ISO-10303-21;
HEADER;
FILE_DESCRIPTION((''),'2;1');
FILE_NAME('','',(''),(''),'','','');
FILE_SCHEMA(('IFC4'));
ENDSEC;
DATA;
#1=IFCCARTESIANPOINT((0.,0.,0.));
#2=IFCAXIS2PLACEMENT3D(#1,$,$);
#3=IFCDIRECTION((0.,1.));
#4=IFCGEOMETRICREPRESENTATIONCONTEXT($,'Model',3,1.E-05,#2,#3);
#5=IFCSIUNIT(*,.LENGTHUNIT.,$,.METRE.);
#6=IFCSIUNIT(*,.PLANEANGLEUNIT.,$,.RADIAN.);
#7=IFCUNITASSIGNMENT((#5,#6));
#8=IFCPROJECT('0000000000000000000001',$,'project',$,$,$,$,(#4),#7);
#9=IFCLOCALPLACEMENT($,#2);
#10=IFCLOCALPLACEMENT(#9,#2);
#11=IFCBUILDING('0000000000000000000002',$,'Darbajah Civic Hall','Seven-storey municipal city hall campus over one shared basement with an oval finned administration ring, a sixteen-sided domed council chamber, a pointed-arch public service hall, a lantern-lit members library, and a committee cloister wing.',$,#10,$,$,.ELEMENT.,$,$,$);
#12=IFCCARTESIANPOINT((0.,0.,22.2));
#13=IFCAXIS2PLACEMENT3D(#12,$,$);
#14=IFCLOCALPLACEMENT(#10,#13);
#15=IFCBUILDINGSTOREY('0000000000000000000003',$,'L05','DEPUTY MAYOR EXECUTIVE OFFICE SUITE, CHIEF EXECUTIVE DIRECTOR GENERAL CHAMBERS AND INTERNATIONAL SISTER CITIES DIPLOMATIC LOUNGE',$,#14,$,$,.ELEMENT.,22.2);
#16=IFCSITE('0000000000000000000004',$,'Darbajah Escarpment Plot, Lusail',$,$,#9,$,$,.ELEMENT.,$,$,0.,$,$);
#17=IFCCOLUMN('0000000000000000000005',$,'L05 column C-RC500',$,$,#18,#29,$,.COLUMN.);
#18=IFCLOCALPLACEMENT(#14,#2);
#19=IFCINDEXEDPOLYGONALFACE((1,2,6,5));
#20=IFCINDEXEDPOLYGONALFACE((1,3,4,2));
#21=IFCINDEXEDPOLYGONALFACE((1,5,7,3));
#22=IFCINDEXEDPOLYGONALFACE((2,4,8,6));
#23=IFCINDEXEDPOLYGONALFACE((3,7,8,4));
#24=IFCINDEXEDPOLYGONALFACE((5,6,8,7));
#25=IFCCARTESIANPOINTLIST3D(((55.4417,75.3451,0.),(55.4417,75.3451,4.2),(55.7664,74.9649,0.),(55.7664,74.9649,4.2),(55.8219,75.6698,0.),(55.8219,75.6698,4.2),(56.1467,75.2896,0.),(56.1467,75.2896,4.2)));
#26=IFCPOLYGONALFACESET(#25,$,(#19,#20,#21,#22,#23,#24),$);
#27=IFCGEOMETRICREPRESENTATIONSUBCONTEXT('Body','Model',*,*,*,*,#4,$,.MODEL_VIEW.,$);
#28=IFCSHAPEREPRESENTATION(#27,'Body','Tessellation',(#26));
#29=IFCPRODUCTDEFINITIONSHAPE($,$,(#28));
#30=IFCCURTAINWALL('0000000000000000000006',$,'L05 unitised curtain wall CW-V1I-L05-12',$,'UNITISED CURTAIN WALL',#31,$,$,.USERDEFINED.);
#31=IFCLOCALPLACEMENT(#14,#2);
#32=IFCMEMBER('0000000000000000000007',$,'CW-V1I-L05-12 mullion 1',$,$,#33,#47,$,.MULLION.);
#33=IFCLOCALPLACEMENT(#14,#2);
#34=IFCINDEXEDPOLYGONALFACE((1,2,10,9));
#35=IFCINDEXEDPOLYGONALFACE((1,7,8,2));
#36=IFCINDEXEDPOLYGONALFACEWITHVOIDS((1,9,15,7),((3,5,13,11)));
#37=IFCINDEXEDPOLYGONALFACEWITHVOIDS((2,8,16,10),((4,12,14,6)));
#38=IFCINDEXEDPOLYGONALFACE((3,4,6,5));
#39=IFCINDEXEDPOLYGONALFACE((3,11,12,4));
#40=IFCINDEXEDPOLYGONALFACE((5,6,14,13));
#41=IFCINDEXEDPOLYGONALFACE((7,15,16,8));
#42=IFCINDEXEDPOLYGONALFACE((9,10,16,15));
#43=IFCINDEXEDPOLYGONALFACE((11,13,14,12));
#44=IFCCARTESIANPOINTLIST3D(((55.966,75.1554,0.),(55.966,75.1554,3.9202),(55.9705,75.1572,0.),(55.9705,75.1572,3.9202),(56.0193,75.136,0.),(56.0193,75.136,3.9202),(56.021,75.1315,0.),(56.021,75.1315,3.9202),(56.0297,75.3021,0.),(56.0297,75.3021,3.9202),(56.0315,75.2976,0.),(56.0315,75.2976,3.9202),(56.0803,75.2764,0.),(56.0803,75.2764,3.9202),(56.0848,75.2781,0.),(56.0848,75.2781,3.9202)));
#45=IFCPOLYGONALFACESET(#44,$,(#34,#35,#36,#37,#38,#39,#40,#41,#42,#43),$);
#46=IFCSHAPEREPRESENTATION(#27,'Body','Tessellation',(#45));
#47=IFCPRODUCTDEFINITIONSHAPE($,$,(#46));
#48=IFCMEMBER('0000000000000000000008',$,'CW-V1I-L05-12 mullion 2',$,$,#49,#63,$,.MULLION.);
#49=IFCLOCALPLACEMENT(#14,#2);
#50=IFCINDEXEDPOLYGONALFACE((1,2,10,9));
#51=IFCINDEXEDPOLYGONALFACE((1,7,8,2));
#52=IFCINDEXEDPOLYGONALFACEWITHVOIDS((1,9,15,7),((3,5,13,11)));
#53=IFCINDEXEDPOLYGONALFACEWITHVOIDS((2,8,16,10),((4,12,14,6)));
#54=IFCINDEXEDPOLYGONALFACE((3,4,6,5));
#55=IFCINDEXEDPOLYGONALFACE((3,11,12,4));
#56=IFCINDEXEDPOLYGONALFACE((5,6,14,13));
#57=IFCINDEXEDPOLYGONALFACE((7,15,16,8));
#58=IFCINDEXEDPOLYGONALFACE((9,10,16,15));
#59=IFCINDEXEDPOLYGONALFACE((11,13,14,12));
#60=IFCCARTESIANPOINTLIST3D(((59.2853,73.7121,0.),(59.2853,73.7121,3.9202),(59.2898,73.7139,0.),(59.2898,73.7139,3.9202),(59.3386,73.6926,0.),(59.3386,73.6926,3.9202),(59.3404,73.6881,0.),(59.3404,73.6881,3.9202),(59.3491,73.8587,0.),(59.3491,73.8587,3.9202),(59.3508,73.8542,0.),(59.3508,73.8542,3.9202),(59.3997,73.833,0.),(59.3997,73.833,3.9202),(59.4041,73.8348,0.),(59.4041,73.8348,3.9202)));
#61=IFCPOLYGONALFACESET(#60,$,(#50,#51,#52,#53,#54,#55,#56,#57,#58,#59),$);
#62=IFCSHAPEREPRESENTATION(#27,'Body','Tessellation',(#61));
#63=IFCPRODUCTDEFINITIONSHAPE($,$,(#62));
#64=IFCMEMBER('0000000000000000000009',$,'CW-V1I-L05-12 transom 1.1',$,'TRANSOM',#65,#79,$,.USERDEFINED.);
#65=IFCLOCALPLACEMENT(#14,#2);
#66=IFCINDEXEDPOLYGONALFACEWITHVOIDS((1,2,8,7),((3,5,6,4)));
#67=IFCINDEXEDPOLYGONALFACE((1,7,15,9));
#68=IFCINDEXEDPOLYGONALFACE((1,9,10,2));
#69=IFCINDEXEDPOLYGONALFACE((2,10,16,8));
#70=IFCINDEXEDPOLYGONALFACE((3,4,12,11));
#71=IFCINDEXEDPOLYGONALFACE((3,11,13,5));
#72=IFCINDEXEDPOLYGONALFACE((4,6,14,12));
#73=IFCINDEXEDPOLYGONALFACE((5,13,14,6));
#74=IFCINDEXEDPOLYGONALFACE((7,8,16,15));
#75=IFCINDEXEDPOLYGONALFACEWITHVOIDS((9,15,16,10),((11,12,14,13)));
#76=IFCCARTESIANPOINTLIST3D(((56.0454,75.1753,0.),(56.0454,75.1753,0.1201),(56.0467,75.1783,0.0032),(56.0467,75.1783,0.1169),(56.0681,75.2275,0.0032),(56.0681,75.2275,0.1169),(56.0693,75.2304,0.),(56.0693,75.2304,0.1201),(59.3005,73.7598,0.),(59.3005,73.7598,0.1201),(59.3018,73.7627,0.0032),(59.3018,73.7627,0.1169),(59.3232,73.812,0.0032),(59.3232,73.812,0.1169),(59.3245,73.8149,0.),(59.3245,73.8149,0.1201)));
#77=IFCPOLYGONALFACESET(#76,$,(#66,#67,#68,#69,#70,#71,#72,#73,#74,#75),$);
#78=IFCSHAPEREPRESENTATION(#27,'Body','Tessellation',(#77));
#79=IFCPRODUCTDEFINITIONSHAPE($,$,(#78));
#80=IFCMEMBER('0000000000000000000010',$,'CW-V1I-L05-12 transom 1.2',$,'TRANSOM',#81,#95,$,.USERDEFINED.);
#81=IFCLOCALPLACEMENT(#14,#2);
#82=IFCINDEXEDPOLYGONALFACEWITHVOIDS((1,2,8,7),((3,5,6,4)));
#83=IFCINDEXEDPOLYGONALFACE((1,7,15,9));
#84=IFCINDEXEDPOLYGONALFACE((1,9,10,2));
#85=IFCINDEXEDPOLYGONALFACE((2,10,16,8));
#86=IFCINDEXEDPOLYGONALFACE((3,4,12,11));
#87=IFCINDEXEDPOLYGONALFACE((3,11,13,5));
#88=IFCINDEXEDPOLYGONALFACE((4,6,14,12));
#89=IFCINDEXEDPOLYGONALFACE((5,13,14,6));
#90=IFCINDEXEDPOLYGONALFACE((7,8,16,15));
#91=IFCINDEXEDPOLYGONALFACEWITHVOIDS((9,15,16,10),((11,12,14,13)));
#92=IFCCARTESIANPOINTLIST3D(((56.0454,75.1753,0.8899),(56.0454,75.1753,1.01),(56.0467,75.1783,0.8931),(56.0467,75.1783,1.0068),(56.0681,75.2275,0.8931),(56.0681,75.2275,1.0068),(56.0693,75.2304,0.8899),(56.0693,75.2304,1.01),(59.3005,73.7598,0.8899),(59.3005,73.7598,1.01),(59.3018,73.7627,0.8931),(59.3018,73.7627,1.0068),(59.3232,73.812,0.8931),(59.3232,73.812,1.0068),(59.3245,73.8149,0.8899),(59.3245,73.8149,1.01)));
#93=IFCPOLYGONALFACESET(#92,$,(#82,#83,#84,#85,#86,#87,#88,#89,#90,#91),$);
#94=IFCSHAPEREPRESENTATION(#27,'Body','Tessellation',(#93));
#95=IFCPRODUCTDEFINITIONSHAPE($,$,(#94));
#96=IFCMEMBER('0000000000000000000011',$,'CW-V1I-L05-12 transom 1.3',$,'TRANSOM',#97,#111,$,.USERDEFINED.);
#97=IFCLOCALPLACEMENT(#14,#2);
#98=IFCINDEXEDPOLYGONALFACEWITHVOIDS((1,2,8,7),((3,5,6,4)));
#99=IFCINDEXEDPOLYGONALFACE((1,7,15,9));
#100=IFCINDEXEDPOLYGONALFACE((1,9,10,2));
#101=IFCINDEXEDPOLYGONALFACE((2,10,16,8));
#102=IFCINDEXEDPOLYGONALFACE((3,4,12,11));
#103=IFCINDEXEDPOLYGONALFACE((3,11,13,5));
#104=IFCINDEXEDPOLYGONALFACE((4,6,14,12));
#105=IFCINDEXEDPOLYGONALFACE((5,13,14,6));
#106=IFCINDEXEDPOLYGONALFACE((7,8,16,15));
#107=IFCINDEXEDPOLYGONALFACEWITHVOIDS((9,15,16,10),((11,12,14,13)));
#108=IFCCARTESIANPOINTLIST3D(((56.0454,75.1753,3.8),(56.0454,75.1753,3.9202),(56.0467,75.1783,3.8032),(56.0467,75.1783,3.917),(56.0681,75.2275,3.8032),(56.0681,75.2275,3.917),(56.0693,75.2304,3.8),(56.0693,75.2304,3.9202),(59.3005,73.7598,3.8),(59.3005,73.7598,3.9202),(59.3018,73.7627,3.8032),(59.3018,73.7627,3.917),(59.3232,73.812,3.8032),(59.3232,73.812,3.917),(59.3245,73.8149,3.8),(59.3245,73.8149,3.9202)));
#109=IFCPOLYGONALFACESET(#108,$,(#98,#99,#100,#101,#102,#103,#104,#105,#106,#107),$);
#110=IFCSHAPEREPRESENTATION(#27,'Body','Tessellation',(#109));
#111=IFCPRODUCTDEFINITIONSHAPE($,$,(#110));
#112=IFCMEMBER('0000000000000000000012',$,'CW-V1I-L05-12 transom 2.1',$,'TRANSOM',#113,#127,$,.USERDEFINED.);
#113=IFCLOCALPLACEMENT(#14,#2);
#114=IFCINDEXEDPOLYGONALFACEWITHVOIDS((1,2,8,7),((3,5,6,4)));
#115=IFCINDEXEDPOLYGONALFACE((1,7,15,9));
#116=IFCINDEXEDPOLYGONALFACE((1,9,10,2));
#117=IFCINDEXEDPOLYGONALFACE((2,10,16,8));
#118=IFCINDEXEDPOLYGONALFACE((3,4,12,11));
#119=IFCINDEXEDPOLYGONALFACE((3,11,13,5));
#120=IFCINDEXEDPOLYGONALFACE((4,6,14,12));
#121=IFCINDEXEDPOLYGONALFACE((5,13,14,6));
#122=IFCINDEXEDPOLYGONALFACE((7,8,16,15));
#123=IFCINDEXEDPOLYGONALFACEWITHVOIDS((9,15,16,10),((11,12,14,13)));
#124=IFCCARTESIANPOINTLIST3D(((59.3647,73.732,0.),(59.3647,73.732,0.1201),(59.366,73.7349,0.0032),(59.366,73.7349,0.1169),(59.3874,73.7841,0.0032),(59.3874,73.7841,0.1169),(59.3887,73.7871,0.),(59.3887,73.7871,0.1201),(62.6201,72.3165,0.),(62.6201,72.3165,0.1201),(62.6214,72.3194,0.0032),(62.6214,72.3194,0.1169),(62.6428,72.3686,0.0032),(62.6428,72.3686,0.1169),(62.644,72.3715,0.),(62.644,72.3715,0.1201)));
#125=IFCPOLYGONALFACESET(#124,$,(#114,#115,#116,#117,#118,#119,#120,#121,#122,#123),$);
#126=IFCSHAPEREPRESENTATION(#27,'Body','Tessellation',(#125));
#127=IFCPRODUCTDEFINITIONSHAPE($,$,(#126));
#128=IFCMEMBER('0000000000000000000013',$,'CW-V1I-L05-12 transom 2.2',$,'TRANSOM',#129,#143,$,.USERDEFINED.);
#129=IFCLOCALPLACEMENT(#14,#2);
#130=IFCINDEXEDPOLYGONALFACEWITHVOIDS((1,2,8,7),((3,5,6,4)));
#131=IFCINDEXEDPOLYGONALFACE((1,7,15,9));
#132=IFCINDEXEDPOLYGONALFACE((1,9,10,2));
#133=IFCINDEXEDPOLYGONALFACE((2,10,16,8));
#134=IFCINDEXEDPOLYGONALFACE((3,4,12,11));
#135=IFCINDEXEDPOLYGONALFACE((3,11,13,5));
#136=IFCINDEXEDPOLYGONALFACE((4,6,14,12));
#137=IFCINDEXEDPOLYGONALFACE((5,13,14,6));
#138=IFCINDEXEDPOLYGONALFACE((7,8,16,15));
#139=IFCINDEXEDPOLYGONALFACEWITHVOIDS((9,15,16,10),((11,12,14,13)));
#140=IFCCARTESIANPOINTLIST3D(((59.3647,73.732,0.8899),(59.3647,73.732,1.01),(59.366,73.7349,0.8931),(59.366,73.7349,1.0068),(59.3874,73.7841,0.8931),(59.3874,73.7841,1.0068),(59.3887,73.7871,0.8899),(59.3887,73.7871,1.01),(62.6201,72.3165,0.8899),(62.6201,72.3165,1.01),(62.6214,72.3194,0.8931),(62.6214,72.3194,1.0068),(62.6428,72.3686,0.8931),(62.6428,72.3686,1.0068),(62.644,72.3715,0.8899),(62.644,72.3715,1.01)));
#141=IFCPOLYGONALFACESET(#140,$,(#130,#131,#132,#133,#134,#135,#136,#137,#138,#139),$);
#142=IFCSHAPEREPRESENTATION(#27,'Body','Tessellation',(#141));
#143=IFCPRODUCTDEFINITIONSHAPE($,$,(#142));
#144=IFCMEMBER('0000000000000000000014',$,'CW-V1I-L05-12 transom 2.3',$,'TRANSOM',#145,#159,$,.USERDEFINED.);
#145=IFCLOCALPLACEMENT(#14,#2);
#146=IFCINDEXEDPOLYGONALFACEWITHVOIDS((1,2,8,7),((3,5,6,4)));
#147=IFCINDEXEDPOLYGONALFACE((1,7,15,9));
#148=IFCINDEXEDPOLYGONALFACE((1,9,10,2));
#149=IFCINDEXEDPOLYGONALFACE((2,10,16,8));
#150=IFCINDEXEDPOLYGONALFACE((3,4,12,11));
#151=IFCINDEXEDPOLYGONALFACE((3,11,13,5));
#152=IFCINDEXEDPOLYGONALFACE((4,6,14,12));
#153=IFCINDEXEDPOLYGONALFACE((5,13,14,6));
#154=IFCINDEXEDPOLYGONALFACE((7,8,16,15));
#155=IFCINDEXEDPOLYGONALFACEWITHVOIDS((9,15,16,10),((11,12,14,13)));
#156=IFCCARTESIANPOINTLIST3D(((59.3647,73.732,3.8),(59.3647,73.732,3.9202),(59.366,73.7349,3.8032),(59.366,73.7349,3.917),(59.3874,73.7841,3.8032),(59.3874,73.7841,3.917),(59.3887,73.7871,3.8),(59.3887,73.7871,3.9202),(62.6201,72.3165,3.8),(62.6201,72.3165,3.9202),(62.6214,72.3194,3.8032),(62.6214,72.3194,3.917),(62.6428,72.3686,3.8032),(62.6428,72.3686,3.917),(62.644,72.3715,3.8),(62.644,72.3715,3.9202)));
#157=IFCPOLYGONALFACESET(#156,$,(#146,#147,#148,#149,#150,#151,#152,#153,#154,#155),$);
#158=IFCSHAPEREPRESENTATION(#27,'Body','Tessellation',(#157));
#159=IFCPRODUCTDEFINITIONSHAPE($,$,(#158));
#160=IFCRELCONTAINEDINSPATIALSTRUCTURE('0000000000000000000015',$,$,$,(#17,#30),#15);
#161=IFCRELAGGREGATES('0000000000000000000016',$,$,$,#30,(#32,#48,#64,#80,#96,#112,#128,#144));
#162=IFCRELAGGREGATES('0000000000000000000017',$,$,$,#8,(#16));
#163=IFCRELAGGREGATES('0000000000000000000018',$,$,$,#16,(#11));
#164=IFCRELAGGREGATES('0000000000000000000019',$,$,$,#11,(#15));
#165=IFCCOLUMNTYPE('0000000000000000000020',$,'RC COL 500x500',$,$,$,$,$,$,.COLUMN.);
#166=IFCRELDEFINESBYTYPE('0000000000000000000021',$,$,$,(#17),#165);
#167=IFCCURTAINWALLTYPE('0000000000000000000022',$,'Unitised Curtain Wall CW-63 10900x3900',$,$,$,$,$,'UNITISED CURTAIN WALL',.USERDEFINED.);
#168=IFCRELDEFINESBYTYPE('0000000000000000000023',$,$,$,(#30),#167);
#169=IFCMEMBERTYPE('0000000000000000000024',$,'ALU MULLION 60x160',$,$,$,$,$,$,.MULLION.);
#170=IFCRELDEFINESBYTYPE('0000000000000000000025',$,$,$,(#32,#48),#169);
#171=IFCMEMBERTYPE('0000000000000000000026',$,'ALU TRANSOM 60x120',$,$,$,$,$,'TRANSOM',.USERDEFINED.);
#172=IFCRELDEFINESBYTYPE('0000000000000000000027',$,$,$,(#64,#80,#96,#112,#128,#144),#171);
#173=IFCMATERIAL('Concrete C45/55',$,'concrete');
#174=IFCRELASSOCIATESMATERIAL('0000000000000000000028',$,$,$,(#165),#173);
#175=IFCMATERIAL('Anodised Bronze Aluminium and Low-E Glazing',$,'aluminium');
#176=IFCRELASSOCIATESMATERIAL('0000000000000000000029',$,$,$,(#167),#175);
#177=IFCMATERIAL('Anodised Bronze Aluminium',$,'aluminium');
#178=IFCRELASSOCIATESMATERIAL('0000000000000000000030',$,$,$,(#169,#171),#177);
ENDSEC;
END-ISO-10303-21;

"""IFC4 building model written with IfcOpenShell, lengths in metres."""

from ifc_helpers import new_model, si_unit, direction, frame, origin, origin_2d, place, context, subcontext, project, spatial, rectangle, hollow_rectangle, extrude, material, material_profile, profile_set, type_object, element, aggregate, save


model = new_model("IFC4")

# Units and contexts
model_context = context("Model", 3, precision=1e-05, world=origin(), true_north=direction((0.0, 1.0)))
body_context = subcontext(model_context, "Body", "Model", "MODEL_VIEW")
ifc_project = project(units=[si_unit("LENGTHUNIT", "METRE"), si_unit("PLANEANGLEUNIT", "RADIAN")], contexts=[model_context])

# Site, building, storey
site_placement = place(None, origin())
site = spatial("IfcSite", under=ifc_project, at=site_placement, Name="Darbajah Escarpment Plot, Lusail", CompositionType="ELEMENT", RefElevation=0.0)
building_placement = place(site_placement, origin())
building = spatial("IfcBuilding", under=site, at=building_placement, Name="Darbajah Civic Hall", Description="Seven-storey municipal city hall campus over one shared basement with an oval finned administration ring, a sixteen-sided domed council chamber, a pointed-arch public service hall, a lantern-lit members library, and a committee cloister wing.", CompositionType="ELEMENT")
storey_placement = place(building_placement, frame((0.0, 0.0, 22.2)))
storey = spatial("IfcBuildingStorey", under=building, at=storey_placement, Name="L05", Description="DEPUTY MAYOR EXECUTIVE OFFICE SUITE, CHIEF EXECUTIVE DIRECTOR GENERAL CHAMBERS AND INTERNATIONAL SISTER CITIES DIPLOMATIC LOUNGE", CompositionType="ELEMENT", Elevation=22.2)

# Column
ifc_material_1 = material(Name="Concrete C45/55", Category="concrete")
ifc_material_profile_1 = material_profile(ifc_material_1, rectangle(XDim=0.5, YDim=0.5, at=origin_2d()), Name="RC COL 500x500")
ifc_profile_set_1 = profile_set([ifc_material_profile_1], Name="Concrete C45/55")
column_type = type_object("IfcColumnType", Name="RC COL 500x500", PredefinedType="COLUMN", material=ifc_profile_set_1)
column_placement = place(storey_placement, frame((55.7942, 75.3174, 0.0), z_axis=(0.0, 0.0, 1.0), x_axis=(-0.760406, -0.649448, 0.0)))
element("IfcColumn", 1, at=column_placement, inside=storey, type_object=column_type, Name="L05 column C-RC500", PredefinedType="COLUMN", context=body_context, shape_type="SweptSolid", body=[
    extrude(rectangle(XDim=0.5, YDim=0.5, at=origin_2d()), origin(), (0.0, 0.0, 1.0), 4.2),
])

# Curtain wall, members
ifc_material_2 = material(Name="Anodised Bronze Aluminium and Low-E Glazing", Category="aluminium")
curtain_wall_type_1 = type_object("IfcCurtainWallType", Name="Unitised Curtain Wall CW-63 10900x3900", ElementType="UNITISED CURTAIN WALL", PredefinedType="USERDEFINED", material=ifc_material_2)
curtain_wall_1_placement = place(storey_placement, origin())
curtain_wall_1 = element("IfcCurtainWall", 2, at=curtain_wall_1_placement, inside=storey, type_object=curtain_wall_type_1, Name="L05 unitised curtain wall CW-V1I-L05-12", ObjectType="UNITISED CURTAIN WALL", PredefinedType="USERDEFINED")
ifc_material_3 = material(Name="Anodised Bronze Aluminium", Category="aluminium")
ifc_material_profile_2 = material_profile(ifc_material_3, hollow_rectangle(XDim=0.0601, YDim=0.1599, WallThickness=0.0034, at=origin_2d()), Name="ALU MULLION 60x160")
ifc_profile_set_2 = profile_set([ifc_material_profile_2], Name="Anodised Bronze Aluminium")
member_type_1 = type_object("IfcMemberType", Name="ALU MULLION 60x160", PredefinedType="MULLION", material=ifc_profile_set_2)
member_1_placement = place(storey_placement, frame((56.0254, 75.2168, 0.0), z_axis=(0.0, 0.0, 1.0), x_axis=(0.91706, -0.398749, 0.0)))
member_1 = element("IfcMember", 3, at=member_1_placement, type_object=member_type_1, Name="CW-V1I-L05-12 mullion 1", PredefinedType="MULLION", context=body_context, shape_type="SweptSolid", body=[
    extrude(hollow_rectangle(XDim=0.0601, YDim=0.1599, WallThickness=0.0034, at=origin_2d()), origin(), (0.0, 0.0, 1.0), 3.9202),
])
member_2_placement = place(storey_placement, frame((59.3447, 73.7734, 0.0), z_axis=(0.0, 0.0, 1.0), x_axis=(0.91706, -0.398749, 0.0)))
member_2 = element("IfcMember", 4, at=member_2_placement, type_object=member_type_1, Name="CW-V1I-L05-12 mullion 2", PredefinedType="MULLION", context=body_context, shape_type="SweptSolid", body=[
    extrude(hollow_rectangle(XDim=0.0601, YDim=0.1599, WallThickness=0.0034, at=origin_2d()), origin(), (0.0, 0.0, 1.0), 3.9202),
])
ifc_material_profile_3 = material_profile(ifc_material_3, hollow_rectangle(XDim=0.0601, YDim=0.1201, WallThickness=0.0032, at=origin_2d()), Name="ALU TRANSOM 60x120")
ifc_profile_set_3 = profile_set([ifc_material_profile_3], Name="Anodised Bronze Aluminium")
member_type_2 = type_object("IfcMemberType", Name="ALU TRANSOM 60x120", ElementType="TRANSOM", PredefinedType="USERDEFINED", material=ifc_profile_set_3)
member_3_placement = place(storey_placement, frame((56.0574, 75.2029, 0.0601), z_axis=(0.917044, -0.398786, 0.0), x_axis=(0.398786, 0.917044, 0.0)))
member_3 = element("IfcMember", 5, at=member_3_placement, type_object=member_type_2, Name="CW-V1I-L05-12 transom 1.1", ObjectType="TRANSOM", PredefinedType="USERDEFINED", context=body_context, shape_type="SweptSolid", body=[
    extrude(hollow_rectangle(XDim=0.0601, YDim=0.1201, WallThickness=0.0032, at=origin_2d()), origin(), (0.0, 0.0, 1.0), 3.5496),
])
member_4_placement = place(storey_placement, frame((56.0574, 75.2029, 0.95), z_axis=(0.917044, -0.398786, 0.0), x_axis=(0.398786, 0.917044, 0.0)))
member_4 = element("IfcMember", 6, at=member_4_placement, type_object=member_type_2, Name="CW-V1I-L05-12 transom 1.2", ObjectType="TRANSOM", PredefinedType="USERDEFINED", context=body_context, shape_type="SweptSolid", body=[
    extrude(hollow_rectangle(XDim=0.0601, YDim=0.1201, WallThickness=0.0032, at=origin_2d()), origin(), (0.0, 0.0, 1.0), 3.5496),
])
member_5_placement = place(storey_placement, frame((56.0574, 75.2029, 3.8601), z_axis=(0.917044, -0.398786, 0.0), x_axis=(0.398786, 0.917044, 0.0)))
member_5 = element("IfcMember", 7, at=member_5_placement, type_object=member_type_2, Name="CW-V1I-L05-12 transom 1.3", ObjectType="TRANSOM", PredefinedType="USERDEFINED", context=body_context, shape_type="SweptSolid", body=[
    extrude(hollow_rectangle(XDim=0.0601, YDim=0.1201, WallThickness=0.0032, at=origin_2d()), origin(), (0.0, 0.0, 1.0), 3.5496),
])
member_6_placement = place(storey_placement, frame((59.3767, 73.7595, 0.0601), z_axis=(0.917055, -0.398761, 0.0), x_axis=(0.398761, 0.917055, 0.0)))
member_6 = element("IfcMember", 8, at=member_6_placement, type_object=member_type_2, Name="CW-V1I-L05-12 transom 2.1", ObjectType="TRANSOM", PredefinedType="USERDEFINED", context=body_context, shape_type="SweptSolid", body=[
    extrude(hollow_rectangle(XDim=0.0601, YDim=0.1201, WallThickness=0.0032, at=origin_2d()), origin(), (0.0, 0.0, 1.0), 3.5498),
])
member_7_placement = place(storey_placement, frame((59.3767, 73.7595, 0.95), z_axis=(0.917055, -0.398761, 0.0), x_axis=(0.398761, 0.917055, 0.0)))
member_7 = element("IfcMember", 9, at=member_7_placement, type_object=member_type_2, Name="CW-V1I-L05-12 transom 2.2", ObjectType="TRANSOM", PredefinedType="USERDEFINED", context=body_context, shape_type="SweptSolid", body=[
    extrude(hollow_rectangle(XDim=0.0601, YDim=0.1201, WallThickness=0.0032, at=origin_2d()), origin(), (0.0, 0.0, 1.0), 3.5498),
])
member_8_placement = place(storey_placement, frame((59.3767, 73.7595, 3.8601), z_axis=(0.917055, -0.398761, 0.0), x_axis=(0.398761, 0.917055, 0.0)))
member_8 = element("IfcMember", 10, at=member_8_placement, type_object=member_type_2, Name="CW-V1I-L05-12 transom 2.3", ObjectType="TRANSOM", PredefinedType="USERDEFINED", context=body_context, shape_type="SweptSolid", body=[
    extrude(hollow_rectangle(XDim=0.0601, YDim=0.1201, WallThickness=0.0032, at=origin_2d()), origin(), (0.0, 0.0, 1.0), 3.5498),
])

aggregate(curtain_wall_1, [member_1, member_2, member_3, member_4, member_5, member_6, member_7, member_8])

save(model, "model.ifc")
